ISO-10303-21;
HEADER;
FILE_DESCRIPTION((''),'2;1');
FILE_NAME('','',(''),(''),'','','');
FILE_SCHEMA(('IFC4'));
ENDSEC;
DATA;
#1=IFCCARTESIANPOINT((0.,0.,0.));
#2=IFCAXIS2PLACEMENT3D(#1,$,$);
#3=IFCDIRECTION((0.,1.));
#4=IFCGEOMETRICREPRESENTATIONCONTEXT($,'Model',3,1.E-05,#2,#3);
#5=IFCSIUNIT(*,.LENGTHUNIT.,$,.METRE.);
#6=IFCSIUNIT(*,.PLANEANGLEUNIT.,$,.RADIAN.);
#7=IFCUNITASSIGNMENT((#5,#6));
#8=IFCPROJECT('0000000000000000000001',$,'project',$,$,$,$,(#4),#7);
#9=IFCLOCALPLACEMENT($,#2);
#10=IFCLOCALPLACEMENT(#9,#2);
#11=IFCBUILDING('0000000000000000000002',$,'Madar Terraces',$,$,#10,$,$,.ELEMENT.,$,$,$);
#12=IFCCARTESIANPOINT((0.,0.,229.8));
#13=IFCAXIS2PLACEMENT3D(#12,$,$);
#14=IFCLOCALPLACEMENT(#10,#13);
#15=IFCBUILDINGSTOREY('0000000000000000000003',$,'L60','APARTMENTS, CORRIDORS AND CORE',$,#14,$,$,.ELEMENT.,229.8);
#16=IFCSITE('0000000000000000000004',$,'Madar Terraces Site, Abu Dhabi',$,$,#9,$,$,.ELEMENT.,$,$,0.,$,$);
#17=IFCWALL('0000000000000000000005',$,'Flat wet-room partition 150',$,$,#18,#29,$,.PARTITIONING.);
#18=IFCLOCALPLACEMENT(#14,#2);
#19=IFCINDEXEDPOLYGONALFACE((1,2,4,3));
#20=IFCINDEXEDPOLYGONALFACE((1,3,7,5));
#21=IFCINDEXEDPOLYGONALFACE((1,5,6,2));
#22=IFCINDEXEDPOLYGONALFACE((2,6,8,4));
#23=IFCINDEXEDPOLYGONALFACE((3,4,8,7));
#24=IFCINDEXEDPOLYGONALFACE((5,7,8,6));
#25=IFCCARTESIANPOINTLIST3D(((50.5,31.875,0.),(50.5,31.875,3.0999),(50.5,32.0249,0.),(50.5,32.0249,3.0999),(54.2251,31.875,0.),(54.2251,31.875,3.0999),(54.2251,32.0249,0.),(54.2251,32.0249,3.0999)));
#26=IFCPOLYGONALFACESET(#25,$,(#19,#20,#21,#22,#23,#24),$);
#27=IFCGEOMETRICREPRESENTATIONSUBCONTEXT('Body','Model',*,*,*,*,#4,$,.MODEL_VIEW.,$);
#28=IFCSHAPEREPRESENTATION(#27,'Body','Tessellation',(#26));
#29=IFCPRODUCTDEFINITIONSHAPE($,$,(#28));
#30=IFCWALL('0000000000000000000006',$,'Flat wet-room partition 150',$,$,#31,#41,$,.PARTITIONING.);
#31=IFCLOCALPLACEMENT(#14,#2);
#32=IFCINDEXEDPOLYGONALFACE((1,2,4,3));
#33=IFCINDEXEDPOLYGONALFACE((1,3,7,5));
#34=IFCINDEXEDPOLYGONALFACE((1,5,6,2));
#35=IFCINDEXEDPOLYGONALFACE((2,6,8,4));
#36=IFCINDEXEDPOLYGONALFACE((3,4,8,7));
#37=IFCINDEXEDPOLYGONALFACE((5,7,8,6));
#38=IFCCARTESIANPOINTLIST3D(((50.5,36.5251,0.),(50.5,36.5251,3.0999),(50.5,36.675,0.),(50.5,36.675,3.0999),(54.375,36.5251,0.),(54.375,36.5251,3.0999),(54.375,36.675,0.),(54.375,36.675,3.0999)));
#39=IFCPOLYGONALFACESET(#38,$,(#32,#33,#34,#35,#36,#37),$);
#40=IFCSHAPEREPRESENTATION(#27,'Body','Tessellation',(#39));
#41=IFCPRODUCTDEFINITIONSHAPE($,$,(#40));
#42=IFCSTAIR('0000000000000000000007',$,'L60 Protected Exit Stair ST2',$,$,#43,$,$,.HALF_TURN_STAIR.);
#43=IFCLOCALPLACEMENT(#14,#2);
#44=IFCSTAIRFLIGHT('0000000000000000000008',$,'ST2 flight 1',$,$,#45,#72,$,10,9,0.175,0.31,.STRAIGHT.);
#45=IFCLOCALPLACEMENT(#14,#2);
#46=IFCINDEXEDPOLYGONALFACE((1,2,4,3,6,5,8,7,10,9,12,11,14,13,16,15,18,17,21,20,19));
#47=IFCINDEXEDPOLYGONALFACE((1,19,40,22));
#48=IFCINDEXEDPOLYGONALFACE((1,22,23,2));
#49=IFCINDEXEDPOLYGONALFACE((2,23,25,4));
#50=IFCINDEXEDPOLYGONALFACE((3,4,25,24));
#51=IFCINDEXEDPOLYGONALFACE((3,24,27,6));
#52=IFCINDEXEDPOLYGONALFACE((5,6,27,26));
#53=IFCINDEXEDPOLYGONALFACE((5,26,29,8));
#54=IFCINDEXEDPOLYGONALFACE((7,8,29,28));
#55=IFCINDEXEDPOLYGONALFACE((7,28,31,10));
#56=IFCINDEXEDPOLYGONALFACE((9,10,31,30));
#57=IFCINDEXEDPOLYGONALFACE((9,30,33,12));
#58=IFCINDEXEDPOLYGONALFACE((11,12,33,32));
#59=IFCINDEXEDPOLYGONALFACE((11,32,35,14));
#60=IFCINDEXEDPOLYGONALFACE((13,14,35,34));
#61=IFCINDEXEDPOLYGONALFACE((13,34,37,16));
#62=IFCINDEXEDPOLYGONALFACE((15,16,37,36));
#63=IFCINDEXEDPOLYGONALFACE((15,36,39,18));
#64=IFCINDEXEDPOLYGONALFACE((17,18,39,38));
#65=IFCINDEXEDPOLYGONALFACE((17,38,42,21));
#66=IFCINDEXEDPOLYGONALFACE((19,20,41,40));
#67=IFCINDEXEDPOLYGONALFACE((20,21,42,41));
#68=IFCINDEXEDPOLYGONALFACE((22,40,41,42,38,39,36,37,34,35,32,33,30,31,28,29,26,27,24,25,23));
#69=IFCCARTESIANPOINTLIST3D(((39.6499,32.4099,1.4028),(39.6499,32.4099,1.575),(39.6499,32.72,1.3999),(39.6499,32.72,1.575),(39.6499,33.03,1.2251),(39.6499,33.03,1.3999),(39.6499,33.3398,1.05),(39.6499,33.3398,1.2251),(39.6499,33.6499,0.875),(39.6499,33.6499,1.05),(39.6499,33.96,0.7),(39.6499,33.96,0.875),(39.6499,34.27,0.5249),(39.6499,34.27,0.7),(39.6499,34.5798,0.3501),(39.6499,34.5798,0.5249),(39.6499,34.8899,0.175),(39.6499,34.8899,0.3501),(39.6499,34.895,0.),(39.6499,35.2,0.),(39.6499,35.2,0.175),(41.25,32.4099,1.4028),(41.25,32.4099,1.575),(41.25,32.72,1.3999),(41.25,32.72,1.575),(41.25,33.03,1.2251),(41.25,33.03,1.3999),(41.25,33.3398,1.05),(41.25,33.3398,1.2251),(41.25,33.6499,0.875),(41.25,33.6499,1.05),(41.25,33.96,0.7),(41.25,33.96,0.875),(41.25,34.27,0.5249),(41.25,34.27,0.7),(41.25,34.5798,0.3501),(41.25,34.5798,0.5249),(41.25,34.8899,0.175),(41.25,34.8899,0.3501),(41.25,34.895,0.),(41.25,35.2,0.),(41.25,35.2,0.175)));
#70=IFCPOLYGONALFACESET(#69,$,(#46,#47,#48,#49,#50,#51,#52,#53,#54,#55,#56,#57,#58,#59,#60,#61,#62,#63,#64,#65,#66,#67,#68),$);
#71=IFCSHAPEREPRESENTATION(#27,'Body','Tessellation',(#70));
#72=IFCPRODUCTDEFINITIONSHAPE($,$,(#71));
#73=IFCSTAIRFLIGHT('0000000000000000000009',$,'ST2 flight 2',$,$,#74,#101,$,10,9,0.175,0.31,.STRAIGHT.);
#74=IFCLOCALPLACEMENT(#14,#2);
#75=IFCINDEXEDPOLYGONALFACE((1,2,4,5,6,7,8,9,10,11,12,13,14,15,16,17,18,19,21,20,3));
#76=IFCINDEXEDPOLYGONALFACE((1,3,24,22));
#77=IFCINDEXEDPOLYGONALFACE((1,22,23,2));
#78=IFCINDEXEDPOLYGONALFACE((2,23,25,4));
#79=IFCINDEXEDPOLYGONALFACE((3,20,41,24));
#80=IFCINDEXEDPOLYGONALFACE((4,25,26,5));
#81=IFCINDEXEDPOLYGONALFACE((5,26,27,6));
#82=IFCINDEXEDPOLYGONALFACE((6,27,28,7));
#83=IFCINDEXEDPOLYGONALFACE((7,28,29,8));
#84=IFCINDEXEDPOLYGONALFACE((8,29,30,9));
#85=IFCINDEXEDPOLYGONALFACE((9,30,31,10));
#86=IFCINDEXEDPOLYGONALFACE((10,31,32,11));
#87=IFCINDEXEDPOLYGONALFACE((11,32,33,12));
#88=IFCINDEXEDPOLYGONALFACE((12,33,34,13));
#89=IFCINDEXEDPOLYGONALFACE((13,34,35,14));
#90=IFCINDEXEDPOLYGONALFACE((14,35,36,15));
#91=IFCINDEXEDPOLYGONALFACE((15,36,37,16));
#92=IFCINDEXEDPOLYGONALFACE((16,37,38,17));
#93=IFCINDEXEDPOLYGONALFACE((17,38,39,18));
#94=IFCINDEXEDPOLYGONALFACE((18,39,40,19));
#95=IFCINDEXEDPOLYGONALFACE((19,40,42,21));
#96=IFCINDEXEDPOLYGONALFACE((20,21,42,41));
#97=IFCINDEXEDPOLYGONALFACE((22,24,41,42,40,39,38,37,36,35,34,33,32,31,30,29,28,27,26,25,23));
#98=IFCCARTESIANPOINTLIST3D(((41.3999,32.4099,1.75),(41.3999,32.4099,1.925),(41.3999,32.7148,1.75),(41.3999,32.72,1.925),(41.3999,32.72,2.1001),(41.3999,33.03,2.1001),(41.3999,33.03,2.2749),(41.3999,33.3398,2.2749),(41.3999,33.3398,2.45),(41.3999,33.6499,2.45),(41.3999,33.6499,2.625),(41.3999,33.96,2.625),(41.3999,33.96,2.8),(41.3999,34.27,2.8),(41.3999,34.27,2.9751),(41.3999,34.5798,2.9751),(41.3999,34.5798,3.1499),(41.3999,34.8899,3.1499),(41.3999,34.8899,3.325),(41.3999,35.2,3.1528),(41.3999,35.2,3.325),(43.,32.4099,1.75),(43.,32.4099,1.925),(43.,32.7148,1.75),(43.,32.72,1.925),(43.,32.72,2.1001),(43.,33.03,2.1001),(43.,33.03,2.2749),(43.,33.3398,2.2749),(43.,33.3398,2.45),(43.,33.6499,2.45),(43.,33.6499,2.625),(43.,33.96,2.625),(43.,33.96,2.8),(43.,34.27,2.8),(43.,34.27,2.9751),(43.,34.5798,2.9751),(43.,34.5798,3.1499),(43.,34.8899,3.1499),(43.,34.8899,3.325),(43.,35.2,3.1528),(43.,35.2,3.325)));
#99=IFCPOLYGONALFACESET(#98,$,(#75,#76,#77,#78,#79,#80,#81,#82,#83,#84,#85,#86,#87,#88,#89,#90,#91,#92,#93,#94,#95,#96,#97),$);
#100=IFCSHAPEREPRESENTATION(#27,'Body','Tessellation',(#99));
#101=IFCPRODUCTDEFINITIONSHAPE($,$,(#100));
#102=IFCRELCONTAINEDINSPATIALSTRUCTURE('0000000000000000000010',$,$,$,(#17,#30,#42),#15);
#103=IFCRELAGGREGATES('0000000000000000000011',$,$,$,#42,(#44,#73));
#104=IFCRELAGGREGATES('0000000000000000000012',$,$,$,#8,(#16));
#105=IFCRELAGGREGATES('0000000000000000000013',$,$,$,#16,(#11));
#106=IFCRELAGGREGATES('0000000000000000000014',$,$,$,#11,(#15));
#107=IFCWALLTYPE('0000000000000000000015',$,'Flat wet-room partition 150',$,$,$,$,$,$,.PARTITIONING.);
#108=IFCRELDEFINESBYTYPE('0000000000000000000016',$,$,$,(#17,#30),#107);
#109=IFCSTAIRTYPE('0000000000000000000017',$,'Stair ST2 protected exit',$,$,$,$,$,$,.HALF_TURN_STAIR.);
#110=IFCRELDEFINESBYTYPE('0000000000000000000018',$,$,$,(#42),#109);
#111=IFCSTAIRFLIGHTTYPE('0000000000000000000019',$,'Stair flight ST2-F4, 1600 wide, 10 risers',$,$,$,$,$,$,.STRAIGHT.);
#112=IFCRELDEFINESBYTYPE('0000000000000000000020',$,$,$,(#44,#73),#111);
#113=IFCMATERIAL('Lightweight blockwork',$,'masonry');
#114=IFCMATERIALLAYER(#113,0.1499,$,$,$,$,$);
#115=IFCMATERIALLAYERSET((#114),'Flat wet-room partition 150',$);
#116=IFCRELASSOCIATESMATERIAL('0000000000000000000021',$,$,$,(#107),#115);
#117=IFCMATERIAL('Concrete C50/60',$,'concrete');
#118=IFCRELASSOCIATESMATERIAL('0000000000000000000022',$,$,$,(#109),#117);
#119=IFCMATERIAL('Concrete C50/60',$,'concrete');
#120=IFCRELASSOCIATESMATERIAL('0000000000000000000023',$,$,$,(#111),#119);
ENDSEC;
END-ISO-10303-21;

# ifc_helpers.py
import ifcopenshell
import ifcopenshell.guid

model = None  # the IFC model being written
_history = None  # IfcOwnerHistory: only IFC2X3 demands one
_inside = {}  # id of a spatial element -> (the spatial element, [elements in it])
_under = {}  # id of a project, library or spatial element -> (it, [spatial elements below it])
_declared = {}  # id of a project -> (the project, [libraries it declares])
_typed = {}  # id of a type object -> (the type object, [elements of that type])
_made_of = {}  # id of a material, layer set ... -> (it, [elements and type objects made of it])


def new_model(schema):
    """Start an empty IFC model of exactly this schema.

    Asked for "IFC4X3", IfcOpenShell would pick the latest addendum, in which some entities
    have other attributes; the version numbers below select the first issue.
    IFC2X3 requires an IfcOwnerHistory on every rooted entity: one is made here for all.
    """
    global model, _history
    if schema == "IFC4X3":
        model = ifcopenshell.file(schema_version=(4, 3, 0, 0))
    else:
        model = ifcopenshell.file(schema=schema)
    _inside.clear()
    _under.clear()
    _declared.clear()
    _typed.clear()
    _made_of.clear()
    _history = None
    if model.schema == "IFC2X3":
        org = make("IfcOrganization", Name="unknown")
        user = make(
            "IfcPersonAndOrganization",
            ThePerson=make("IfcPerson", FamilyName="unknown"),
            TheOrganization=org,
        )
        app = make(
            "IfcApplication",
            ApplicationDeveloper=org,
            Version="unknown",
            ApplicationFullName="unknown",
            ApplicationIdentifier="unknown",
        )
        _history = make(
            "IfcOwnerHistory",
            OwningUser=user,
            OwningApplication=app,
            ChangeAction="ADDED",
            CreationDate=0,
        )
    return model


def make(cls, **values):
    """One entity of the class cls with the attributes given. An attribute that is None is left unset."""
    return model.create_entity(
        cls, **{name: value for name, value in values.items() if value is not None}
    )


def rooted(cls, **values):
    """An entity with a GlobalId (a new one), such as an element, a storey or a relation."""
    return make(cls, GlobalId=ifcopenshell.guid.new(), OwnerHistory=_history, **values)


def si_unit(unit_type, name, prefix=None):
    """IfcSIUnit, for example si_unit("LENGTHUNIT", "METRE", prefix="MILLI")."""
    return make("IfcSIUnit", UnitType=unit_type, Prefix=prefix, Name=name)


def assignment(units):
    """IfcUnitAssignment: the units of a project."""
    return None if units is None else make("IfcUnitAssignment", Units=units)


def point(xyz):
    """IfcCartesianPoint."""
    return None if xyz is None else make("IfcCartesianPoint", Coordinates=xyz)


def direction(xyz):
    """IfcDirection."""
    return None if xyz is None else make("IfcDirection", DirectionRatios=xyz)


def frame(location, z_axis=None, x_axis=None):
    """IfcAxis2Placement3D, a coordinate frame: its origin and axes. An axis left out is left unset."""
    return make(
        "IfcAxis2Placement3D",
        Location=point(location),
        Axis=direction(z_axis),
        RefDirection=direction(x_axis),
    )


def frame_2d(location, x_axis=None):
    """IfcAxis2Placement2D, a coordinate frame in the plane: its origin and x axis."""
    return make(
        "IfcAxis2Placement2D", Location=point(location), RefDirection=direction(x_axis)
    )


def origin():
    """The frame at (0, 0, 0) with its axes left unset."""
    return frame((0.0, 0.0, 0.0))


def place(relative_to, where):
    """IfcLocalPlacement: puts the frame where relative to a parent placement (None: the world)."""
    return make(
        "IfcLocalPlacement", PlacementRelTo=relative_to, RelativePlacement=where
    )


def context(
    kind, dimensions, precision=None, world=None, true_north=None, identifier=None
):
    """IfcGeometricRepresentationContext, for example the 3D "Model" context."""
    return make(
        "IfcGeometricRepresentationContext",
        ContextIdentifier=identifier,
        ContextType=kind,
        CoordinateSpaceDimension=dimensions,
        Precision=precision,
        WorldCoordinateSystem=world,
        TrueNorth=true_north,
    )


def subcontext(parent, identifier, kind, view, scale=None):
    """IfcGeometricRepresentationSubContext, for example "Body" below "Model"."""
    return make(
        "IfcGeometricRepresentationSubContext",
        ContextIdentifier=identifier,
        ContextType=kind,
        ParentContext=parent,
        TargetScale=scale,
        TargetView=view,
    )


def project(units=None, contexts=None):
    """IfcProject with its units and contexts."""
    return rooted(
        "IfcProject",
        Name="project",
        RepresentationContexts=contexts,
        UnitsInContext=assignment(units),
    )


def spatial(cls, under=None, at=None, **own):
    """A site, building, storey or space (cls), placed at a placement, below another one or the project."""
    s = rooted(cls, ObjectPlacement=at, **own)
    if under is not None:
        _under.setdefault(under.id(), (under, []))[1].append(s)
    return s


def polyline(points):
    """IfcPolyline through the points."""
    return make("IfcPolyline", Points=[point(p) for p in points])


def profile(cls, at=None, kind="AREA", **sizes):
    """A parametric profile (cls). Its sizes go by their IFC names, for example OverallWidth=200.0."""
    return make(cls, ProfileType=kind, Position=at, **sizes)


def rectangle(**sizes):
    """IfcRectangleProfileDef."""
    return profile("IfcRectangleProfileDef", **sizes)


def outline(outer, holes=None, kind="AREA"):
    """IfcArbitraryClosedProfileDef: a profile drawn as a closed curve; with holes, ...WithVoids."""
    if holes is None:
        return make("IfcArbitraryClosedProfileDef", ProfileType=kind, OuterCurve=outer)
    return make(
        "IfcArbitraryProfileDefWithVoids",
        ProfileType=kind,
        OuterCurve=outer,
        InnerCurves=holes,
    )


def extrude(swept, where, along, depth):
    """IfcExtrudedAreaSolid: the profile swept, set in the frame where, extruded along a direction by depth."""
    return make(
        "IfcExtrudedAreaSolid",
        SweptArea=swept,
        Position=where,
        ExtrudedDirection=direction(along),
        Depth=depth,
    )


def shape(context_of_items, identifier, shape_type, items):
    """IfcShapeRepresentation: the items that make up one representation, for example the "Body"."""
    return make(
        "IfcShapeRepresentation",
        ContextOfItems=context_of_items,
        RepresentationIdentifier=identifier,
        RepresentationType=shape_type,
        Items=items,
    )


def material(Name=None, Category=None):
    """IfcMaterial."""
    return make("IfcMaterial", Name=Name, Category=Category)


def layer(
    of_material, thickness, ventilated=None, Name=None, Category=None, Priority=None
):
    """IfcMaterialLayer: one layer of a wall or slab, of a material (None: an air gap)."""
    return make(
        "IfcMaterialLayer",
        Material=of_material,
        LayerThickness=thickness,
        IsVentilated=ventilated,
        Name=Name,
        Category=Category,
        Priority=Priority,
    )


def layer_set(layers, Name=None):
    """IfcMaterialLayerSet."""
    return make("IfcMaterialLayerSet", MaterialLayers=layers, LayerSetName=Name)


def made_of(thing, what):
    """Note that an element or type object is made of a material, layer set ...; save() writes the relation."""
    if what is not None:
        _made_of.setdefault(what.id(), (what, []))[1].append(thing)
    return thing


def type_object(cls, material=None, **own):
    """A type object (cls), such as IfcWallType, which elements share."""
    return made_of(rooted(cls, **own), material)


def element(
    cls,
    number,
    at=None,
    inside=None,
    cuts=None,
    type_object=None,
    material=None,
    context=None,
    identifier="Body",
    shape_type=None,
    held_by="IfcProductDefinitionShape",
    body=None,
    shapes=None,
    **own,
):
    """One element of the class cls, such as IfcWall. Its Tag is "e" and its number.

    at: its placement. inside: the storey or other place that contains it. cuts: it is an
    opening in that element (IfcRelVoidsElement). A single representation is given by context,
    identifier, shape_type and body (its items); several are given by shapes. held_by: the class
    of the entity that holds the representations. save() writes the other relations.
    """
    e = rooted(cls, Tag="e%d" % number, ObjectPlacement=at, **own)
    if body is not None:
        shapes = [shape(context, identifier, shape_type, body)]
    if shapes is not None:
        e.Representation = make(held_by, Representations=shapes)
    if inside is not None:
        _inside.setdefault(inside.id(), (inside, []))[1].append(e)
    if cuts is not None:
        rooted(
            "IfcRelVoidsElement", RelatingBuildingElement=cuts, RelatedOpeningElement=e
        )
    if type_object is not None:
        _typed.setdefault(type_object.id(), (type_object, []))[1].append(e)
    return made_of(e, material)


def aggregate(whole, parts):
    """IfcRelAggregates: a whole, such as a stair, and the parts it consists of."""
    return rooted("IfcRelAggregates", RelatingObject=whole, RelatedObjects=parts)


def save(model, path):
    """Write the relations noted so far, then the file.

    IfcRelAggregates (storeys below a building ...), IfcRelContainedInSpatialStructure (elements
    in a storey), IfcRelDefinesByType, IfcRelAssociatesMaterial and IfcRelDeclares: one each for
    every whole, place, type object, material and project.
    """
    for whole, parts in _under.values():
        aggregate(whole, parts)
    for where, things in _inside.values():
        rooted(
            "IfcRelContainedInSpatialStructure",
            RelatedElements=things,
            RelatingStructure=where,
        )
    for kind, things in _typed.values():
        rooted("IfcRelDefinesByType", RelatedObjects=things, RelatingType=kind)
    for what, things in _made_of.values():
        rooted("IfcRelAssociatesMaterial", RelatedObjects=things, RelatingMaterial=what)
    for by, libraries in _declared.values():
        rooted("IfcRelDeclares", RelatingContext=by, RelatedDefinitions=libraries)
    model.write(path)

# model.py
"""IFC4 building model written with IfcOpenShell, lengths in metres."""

from ifc_helpers import new_model, si_unit, direction, frame, frame_2d, origin, place, context, subcontext, project, spatial, polyline, rectangle, outline, extrude, material, layer, layer_set, type_object, element, aggregate, save


model = new_model("IFC4")

# Units and contexts
model_context = context("Model", 3, precision=1e-05, world=origin(), true_north=direction((0.0, 1.0)))
body_context = subcontext(model_context, "Body", "Model", "MODEL_VIEW")
ifc_project = project(units=[si_unit("LENGTHUNIT", "METRE"), si_unit("PLANEANGLEUNIT", "RADIAN")], contexts=[model_context])

# Site, building, storey
site_placement = place(None, origin())
site = spatial("IfcSite", under=ifc_project, at=site_placement, Name="Madar Terraces Site, Abu Dhabi", CompositionType="ELEMENT", RefElevation=0.0)
building_placement = place(site_placement, origin())
building = spatial("IfcBuilding", under=site, at=building_placement, Name="Madar Terraces", CompositionType="ELEMENT")
storey_placement = place(building_placement, frame((0.0, 0.0, 229.8)))
storey = spatial("IfcBuildingStorey", under=building, at=storey_placement, Name="L60", Description="APARTMENTS, CORRIDORS AND CORE", CompositionType="ELEMENT", Elevation=229.8)

# Walls
ifc_material_1 = material(Name="Lightweight blockwork", Category="masonry")
ifc_layer_1 = layer(ifc_material_1, 0.1499)
ifc_layer_set_1 = layer_set([ifc_layer_1], Name="Flat wet-room partition 150")
wall_type_1 = type_object("IfcWallType", Name="Flat wet-room partition 150", PredefinedType="PARTITIONING", material=ifc_layer_set_1)
wall_1_placement = place(storey_placement, frame((50.5, 31.95, 0.0), z_axis=(0.0, 0.0, 1.0), x_axis=(1.0, 0.0, 0.0)))
element("IfcWall", 1, at=wall_1_placement, inside=storey, type_object=wall_type_1, Name="Flat wet-room partition 150", PredefinedType="PARTITIONING", context=body_context, shape_type="SweptSolid", body=[
    extrude(rectangle(XDim=3.7251, YDim=0.1499, at=frame_2d((1.8625, 0.0))), origin(), (0.0, 0.0, 1.0), 3.0999),
])
wall_2_placement = place(storey_placement, frame((50.5, 36.6001, 0.0), z_axis=(0.0, 0.0, 1.0), x_axis=(1.0, 0.0, 0.0)))
element("IfcWall", 2, at=wall_2_placement, inside=storey, type_object=wall_type_1, Name="Flat wet-room partition 150", PredefinedType="PARTITIONING", context=body_context, shape_type="SweptSolid", body=[
    extrude(rectangle(XDim=3.875, YDim=0.1499, at=frame_2d((1.9375, 0.0))), origin(), (0.0, 0.0, 1.0), 3.0999),
])

# Stair, stair flights
ifc_material_2 = material(Name="Concrete C50/60", Category="concrete")
stair_type = type_object("IfcStairType", Name="Stair ST2 protected exit", PredefinedType="HALF_TURN_STAIR", material=ifc_material_2)
stair_placement = place(storey_placement, origin())
stair = element("IfcStair", 3, at=stair_placement, inside=storey, type_object=stair_type, Name="L60 Protected Exit Stair ST2", PredefinedType="HALF_TURN_STAIR")
ifc_material_3 = material(Name="Concrete C50/60", Category="concrete")
stair_flight_type = type_object("IfcStairFlightType", Name="Stair flight ST2-F4, 1600 wide, 10 risers", PredefinedType="STRAIGHT", material=ifc_material_3)
stair_flight_1_placement = place(storey_placement, frame((40.45, 35.2, 0.0), z_axis=(0.0, 0.0, 1.0), x_axis=(0.0, -1.0, 0.0)))
stair_flight_1 = element("IfcStairFlight", 4, at=stair_flight_1_placement, type_object=stair_flight_type, Name="ST2 flight 1", NumberOfRisers=10, NumberOfTreads=9, PredefinedType="STRAIGHT", RiserHeight=0.175, TreadLength=0.31, context=body_context, shape_type="SweptSolid", body=[
    extrude(outline(polyline([(0.0, 0.0), (0.0, 0.175), (0.3101, 0.175), (0.3101, 0.3501), (0.6201, 0.3501), (0.6201, 0.5249), (0.9299, 0.5249), (0.9299, 0.7), (1.24, 0.7), (1.24, 0.875), (1.55, 0.875), (1.55, 1.05), (1.8601, 1.05), (1.8601, 1.2251), (2.1699, 1.2251), (2.1699, 1.3999), (2.48, 1.3999), (2.48, 1.575), (2.79, 1.575), (2.79, 1.75), (2.79, 1.4028), (0.3049, 0.0), (0.0, 0.0)])), frame((0.0, 0.8, 0.0), z_axis=(0.0, -1.0, 0.0), x_axis=(1.0, 0.0, 0.0)), (0.0, 0.0, 1.0), 1.6001),
])
stair_flight_2_placement = place(storey_placement, frame((42.2, 32.4099, 1.75), z_axis=(0.0, 0.0, 1.0), x_axis=(0.0, 1.0, 0.0)))
stair_flight_2 = element("IfcStairFlight", 5, at=stair_flight_2_placement, type_object=stair_flight_type, Name="ST2 flight 2", NumberOfRisers=10, NumberOfTreads=9, PredefinedType="STRAIGHT", RiserHeight=0.175, TreadLength=0.31, context=body_context, shape_type="SweptSolid", body=[
    extrude(outline(polyline([(0.0, 0.0), (0.0, 0.175), (0.3101, 0.175), (0.3101, 0.3501), (0.6201, 0.3501), (0.6201, 0.5249), (0.9299, 0.5249), (0.9299, 0.7), (1.24, 0.7), (1.24, 0.875), (1.55, 0.875), (1.55, 1.05), (1.8601, 1.05), (1.8601, 1.2251), (2.1699, 1.2251), (2.1699, 1.3999), (2.48, 1.3999), (2.48, 1.575), (2.79, 1.575), (2.79, 1.75), (2.79, 1.4028), (0.3049, 0.0), (0.0, 0.0)])), frame((0.0, 0.8, 0.0), z_axis=(0.0, -1.0, 0.0), x_axis=(1.0, 0.0, 0.0)), (0.0, 0.0, 1.0), 1.6001),
])
aggregate(stair, [stair_flight_1, stair_flight_2])

save(model, "model.ifc")
